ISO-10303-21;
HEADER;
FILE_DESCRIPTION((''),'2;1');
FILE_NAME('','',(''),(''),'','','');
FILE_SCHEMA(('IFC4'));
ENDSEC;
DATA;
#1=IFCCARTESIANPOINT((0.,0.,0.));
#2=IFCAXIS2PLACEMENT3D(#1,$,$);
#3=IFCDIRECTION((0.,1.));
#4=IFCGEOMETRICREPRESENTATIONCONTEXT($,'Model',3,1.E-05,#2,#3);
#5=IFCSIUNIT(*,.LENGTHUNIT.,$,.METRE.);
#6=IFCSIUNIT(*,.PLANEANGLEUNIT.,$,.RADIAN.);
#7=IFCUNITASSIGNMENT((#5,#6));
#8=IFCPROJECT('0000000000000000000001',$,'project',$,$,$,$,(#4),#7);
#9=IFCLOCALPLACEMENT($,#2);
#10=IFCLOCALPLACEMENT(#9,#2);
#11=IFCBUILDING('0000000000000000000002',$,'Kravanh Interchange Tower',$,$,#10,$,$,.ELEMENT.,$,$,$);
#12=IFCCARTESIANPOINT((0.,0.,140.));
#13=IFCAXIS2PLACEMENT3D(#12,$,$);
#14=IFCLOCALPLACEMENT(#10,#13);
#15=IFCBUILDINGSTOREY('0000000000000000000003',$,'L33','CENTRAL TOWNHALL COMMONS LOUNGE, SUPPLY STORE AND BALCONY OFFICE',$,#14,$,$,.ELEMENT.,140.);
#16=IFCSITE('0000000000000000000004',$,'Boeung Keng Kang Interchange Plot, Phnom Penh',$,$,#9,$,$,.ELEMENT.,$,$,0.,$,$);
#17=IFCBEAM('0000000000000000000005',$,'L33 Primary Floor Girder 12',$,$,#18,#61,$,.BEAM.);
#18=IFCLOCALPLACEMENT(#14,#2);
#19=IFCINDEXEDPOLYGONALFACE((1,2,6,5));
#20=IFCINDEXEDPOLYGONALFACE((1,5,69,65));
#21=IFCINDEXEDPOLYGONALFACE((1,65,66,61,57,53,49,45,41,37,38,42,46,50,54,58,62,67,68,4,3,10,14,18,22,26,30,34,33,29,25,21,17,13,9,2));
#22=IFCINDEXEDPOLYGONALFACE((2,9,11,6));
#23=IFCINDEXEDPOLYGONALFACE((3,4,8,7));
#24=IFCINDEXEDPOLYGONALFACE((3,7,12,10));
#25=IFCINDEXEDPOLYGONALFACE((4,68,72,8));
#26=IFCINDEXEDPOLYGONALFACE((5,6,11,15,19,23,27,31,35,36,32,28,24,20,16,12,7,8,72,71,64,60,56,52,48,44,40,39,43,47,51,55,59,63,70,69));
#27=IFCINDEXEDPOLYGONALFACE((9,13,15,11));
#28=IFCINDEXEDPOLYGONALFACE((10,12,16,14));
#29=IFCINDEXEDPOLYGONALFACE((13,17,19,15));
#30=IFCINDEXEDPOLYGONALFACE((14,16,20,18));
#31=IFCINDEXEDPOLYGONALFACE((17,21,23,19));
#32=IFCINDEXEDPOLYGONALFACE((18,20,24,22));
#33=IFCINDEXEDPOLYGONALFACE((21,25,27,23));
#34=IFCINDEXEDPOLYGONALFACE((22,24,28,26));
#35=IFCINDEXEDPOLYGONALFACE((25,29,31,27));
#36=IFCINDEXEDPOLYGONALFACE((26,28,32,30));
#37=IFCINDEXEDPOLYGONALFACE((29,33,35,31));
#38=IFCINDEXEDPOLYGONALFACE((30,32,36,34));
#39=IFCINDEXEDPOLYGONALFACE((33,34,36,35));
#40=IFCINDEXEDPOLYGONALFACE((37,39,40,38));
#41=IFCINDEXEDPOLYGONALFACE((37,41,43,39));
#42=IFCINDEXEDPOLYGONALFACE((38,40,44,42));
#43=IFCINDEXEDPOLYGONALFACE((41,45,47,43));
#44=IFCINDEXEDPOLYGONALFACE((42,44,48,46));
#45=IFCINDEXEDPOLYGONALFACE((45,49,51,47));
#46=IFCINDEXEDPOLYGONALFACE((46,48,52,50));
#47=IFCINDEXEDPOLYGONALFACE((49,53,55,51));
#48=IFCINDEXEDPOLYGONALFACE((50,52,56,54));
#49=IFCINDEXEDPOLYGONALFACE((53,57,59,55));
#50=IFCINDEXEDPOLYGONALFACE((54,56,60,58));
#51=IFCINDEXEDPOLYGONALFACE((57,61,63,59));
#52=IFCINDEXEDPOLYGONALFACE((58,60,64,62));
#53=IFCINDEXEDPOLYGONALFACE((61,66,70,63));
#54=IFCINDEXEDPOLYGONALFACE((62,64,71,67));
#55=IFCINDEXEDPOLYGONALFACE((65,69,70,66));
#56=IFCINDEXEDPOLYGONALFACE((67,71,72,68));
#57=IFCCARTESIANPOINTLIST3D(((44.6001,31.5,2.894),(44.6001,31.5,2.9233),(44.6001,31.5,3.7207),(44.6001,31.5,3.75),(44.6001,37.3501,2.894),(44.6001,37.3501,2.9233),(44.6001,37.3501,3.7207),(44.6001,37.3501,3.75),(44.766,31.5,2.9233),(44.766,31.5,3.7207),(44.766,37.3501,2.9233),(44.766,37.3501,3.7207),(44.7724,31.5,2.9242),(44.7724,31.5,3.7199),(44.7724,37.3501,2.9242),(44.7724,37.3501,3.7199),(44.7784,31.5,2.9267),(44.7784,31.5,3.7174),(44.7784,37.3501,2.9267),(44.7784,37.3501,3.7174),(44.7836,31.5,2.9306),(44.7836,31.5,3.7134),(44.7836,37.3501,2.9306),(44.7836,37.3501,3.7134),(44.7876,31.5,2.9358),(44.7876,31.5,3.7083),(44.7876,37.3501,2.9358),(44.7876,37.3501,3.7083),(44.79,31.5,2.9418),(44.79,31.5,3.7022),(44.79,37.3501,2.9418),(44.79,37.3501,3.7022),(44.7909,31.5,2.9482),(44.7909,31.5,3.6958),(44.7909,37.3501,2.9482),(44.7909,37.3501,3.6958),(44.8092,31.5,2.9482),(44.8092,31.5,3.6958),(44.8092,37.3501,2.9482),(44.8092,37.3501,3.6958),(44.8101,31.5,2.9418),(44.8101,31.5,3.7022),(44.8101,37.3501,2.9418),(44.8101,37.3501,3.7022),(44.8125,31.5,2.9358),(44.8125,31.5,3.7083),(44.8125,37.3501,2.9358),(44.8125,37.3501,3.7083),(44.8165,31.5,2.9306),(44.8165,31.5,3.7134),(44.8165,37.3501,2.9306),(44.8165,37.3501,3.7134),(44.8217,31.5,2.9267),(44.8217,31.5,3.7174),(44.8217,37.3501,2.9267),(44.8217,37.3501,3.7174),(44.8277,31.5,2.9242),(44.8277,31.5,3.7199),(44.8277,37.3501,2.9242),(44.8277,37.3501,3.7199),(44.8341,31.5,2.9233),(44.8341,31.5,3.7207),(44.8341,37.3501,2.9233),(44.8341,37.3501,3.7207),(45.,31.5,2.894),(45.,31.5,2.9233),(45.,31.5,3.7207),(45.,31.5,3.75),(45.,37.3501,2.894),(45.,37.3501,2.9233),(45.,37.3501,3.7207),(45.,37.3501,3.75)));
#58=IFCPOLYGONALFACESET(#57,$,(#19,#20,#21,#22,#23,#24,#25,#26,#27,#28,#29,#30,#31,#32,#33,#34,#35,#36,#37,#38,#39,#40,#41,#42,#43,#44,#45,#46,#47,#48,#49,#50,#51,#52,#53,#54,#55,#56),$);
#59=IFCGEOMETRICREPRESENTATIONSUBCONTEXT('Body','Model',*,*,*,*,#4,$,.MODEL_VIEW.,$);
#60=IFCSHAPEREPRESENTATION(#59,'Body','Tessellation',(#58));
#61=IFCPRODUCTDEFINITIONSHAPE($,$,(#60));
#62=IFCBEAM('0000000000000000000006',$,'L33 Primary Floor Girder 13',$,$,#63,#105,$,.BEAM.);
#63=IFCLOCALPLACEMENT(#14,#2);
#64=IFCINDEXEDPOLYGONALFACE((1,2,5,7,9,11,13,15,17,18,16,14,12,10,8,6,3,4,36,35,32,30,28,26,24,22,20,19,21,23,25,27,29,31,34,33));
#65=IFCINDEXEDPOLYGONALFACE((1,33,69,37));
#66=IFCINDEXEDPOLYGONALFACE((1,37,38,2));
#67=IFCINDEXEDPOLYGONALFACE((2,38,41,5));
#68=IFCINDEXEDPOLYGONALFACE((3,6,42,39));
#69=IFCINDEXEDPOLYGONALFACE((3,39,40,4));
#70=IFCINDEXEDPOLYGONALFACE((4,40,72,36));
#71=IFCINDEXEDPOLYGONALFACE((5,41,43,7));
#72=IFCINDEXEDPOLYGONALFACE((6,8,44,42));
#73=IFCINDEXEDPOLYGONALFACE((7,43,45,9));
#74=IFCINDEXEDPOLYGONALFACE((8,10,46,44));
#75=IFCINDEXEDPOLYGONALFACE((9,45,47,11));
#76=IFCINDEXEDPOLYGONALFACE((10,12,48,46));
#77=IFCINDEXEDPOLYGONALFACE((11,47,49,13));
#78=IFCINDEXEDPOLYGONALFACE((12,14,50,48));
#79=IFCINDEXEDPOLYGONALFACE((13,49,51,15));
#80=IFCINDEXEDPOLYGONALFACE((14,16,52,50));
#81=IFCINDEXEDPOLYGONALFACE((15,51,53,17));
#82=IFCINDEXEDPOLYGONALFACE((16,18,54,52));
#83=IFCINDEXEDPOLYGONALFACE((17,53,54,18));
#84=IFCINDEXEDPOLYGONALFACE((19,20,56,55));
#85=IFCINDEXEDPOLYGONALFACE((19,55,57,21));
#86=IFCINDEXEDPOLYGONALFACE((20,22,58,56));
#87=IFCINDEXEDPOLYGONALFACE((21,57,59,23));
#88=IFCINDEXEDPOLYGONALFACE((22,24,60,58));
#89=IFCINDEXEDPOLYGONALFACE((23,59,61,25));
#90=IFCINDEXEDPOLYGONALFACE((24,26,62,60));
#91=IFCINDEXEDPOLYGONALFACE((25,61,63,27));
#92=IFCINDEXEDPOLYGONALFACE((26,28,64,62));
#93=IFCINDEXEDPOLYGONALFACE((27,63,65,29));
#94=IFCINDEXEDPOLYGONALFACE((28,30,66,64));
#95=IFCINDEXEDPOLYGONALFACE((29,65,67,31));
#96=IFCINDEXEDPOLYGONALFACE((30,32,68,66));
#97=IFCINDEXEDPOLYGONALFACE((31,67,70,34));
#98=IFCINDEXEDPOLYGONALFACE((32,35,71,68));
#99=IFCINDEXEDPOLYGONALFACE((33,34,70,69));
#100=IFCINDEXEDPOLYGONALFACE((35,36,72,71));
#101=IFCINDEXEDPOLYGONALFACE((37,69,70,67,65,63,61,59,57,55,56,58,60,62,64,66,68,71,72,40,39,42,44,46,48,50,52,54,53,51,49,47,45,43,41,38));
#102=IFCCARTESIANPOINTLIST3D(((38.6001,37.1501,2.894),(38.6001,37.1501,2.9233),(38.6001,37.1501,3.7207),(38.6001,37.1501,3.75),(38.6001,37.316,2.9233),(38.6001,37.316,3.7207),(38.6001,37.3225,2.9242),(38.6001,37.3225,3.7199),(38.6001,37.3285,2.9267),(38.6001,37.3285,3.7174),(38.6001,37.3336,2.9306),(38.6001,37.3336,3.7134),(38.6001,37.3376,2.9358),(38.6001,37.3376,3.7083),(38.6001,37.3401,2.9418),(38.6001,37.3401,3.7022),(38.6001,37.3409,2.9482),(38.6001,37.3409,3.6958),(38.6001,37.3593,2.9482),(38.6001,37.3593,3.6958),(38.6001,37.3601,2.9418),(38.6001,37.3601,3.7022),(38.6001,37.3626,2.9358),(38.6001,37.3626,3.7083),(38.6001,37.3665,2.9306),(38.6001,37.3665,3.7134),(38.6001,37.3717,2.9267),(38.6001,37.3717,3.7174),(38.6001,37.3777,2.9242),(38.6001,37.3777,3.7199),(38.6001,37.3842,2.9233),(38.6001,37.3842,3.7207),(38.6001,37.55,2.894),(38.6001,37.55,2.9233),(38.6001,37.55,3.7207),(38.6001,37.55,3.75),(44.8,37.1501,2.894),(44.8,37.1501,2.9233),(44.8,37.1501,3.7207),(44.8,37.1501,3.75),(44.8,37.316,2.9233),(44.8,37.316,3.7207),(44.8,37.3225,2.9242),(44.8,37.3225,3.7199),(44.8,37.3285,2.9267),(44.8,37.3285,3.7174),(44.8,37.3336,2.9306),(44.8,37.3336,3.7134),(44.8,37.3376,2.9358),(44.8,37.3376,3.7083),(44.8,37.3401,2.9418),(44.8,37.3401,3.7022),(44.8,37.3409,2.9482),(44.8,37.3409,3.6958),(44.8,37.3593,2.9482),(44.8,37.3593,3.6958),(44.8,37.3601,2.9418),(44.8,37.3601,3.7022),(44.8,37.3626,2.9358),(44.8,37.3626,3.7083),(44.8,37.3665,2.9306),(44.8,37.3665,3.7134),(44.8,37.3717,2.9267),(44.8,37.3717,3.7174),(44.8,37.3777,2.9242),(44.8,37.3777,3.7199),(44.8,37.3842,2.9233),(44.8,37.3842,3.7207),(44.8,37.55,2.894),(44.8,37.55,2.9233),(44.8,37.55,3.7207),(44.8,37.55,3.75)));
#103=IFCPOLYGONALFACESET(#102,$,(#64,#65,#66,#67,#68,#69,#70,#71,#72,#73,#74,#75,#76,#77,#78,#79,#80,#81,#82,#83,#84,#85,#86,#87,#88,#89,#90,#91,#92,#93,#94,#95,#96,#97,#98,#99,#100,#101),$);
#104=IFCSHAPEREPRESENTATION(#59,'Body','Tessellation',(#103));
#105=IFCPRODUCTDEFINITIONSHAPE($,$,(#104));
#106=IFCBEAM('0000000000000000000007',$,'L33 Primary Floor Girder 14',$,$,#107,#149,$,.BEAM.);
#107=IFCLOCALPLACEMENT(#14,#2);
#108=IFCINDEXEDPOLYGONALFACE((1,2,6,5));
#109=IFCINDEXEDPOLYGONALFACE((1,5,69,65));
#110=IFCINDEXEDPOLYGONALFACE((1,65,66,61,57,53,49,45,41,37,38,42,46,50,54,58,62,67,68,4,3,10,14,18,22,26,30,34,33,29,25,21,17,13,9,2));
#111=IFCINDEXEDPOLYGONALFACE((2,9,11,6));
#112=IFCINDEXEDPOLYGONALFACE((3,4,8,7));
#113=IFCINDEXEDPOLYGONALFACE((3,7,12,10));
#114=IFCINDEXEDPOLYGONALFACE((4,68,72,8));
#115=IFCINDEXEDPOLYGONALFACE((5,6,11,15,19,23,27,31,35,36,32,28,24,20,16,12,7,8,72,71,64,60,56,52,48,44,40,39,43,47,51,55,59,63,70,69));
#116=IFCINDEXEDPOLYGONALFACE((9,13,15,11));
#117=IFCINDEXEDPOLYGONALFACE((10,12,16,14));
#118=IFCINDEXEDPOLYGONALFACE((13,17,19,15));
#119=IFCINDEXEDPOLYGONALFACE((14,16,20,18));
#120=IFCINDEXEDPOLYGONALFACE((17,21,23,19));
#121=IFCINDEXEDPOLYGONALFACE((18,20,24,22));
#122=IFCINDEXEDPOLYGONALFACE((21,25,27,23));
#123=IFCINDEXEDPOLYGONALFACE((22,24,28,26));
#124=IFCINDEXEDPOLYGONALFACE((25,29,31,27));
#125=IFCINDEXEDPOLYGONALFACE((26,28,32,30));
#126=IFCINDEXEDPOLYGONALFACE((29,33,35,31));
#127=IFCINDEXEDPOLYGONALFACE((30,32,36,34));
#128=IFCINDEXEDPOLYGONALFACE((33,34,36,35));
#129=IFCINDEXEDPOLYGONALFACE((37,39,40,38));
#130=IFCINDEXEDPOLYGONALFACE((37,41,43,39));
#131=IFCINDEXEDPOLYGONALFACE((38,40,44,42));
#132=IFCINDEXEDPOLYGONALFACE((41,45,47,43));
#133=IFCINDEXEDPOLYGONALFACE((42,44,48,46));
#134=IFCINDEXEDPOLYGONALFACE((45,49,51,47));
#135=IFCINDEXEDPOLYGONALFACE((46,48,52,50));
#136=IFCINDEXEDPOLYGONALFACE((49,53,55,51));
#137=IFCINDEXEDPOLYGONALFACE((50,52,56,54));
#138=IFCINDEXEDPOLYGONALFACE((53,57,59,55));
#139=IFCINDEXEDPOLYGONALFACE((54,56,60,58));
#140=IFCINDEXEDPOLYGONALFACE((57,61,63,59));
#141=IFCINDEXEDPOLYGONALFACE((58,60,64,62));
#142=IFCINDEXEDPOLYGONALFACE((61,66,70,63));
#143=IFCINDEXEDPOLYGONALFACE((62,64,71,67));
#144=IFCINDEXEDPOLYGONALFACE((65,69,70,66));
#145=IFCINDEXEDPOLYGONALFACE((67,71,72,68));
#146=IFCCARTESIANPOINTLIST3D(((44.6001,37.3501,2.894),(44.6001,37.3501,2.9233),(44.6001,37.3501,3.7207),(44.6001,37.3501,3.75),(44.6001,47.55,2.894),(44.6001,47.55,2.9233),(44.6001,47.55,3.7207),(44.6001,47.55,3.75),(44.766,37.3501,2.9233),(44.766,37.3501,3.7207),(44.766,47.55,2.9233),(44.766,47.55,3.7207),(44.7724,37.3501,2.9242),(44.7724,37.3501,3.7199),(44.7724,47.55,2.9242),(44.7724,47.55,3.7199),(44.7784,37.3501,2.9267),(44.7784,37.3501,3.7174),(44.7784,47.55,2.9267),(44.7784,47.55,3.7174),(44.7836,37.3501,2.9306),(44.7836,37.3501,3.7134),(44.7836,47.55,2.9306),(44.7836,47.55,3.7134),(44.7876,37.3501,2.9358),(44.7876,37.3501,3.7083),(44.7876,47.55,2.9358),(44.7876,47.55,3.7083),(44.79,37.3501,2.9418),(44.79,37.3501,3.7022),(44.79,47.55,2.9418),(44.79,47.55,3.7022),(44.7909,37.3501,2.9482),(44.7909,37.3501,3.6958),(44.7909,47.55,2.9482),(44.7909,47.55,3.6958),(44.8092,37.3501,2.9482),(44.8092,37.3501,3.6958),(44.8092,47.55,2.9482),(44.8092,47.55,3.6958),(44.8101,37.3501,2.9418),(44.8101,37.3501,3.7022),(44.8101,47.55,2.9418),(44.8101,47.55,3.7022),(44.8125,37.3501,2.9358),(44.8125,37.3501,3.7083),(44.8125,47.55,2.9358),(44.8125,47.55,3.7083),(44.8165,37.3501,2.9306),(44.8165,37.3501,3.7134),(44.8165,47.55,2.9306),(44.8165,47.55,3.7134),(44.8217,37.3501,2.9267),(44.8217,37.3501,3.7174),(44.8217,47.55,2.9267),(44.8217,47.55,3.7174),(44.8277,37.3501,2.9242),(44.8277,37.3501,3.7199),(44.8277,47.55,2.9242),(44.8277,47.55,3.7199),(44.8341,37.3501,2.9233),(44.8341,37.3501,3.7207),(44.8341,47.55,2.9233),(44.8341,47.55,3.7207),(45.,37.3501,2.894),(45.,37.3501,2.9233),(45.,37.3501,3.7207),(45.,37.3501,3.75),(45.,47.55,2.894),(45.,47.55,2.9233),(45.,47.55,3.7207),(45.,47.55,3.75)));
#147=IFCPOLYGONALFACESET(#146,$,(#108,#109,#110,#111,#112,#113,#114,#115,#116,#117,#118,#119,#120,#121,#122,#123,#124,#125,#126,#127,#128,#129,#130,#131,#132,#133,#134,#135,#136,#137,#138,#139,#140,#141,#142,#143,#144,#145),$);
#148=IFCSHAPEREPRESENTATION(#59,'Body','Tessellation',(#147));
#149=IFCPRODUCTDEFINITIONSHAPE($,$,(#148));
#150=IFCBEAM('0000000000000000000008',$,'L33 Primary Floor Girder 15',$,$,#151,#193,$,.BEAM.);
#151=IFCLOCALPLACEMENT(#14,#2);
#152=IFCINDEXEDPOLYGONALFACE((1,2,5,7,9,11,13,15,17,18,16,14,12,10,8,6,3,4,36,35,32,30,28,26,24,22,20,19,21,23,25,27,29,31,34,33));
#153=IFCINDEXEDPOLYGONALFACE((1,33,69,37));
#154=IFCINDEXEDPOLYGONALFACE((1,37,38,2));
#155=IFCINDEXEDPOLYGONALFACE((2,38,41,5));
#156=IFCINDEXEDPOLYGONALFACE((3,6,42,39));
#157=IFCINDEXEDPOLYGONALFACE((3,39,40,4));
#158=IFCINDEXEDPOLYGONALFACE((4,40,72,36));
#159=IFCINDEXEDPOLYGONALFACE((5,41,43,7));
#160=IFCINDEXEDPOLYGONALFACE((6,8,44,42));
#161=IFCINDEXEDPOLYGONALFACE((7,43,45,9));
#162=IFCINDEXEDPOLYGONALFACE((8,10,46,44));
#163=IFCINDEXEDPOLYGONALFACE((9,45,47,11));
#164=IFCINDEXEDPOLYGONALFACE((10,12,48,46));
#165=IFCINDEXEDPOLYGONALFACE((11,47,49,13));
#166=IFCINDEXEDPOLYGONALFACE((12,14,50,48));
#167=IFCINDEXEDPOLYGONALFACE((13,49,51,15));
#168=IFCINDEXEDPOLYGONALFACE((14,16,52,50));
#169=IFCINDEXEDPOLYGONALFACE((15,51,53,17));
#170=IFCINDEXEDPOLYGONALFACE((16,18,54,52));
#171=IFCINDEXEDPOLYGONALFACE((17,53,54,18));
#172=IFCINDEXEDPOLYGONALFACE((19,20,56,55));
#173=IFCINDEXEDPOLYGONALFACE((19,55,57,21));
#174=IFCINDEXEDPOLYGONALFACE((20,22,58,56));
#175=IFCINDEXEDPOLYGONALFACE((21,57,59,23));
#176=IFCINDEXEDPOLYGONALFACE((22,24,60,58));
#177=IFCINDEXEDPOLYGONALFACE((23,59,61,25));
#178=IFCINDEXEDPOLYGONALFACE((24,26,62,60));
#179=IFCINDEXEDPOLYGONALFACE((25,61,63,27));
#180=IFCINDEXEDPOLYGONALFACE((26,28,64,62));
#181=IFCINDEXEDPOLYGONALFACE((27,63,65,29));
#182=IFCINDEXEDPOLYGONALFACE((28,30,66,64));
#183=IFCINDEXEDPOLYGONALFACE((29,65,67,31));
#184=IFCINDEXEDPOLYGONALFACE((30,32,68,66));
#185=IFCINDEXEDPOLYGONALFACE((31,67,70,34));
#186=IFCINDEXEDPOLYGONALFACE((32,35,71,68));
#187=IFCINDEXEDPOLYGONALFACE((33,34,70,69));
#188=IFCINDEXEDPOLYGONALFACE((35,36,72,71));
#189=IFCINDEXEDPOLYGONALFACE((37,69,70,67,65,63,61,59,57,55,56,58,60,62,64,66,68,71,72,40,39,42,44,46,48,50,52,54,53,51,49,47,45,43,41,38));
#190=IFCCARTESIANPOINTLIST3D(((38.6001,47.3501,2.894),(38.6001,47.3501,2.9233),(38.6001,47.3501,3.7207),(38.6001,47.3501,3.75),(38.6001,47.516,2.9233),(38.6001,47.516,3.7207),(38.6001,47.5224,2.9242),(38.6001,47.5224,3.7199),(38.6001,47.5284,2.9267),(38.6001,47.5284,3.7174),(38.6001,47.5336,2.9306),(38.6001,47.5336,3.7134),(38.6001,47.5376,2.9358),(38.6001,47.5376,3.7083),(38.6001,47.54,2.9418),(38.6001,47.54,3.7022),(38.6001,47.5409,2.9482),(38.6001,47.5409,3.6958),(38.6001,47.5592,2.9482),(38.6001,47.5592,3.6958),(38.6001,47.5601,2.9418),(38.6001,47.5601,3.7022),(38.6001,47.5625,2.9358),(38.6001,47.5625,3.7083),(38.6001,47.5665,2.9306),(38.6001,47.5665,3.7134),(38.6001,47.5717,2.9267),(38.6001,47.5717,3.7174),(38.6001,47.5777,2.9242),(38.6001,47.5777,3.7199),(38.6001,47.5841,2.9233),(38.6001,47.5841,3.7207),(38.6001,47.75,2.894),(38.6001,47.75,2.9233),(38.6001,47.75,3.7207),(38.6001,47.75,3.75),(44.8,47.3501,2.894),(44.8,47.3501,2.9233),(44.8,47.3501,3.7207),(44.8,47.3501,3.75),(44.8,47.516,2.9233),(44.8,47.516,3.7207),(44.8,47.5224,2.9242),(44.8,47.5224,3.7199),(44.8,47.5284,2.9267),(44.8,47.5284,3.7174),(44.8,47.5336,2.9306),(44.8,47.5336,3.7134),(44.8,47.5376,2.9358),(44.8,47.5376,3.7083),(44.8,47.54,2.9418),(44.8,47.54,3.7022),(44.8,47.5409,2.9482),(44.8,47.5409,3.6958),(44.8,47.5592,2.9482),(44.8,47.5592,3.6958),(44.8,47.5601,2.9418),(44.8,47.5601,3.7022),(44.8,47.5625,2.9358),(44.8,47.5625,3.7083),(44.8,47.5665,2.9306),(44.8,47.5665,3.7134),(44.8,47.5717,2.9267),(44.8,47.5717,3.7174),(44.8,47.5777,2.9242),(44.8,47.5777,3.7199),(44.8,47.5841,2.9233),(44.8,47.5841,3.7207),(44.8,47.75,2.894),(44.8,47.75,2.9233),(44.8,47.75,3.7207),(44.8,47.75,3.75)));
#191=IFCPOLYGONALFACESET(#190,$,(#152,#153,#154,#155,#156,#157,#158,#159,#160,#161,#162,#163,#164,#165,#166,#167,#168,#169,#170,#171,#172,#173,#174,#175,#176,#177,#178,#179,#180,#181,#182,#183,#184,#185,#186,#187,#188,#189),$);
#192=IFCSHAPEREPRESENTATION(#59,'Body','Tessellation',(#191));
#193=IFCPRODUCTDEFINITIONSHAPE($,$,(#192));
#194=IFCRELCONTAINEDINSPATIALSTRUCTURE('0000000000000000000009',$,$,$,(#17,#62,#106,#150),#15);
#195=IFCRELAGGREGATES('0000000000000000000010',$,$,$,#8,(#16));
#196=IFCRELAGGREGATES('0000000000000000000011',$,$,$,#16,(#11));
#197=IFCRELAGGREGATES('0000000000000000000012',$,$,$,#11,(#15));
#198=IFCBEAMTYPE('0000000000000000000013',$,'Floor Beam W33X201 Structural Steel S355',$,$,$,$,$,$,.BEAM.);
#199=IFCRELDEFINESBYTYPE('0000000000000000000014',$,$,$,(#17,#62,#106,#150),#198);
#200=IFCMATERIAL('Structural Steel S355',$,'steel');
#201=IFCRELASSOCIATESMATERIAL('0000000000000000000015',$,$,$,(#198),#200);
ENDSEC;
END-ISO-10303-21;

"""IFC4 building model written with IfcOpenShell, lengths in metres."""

from ifc_helpers import new_model, si_unit, direction, frame, origin, origin_2d, place, context, subcontext, project, spatial, i_section, extrude, material, material_profile, profile_set, type_object, element, save


model = new_model("IFC4")

# Units and contexts
model_context = context("Model", 3, precision=1e-05, world=origin(), true_north=direction((0.0, 1.0)))
body_context = subcontext(model_context, "Body", "Model", "MODEL_VIEW")
ifc_project = project(units=[si_unit("LENGTHUNIT", "METRE"), si_unit("PLANEANGLEUNIT", "RADIAN")], contexts=[model_context])

# Site, building, storey
site_placement = place(None, origin())
site = spatial("IfcSite", under=ifc_project, at=site_placement, Name="Boeung Keng Kang Interchange Plot, Phnom Penh", CompositionType="ELEMENT", RefElevation=0.0)
building_placement = place(site_placement, origin())
building = spatial("IfcBuilding", under=site, at=building_placement, Name="Kravanh Interchange Tower", CompositionType="ELEMENT")
storey_placement = place(building_placement, frame((0.0, 0.0, 140.0)))
storey = spatial("IfcBuildingStorey", under=building, at=storey_placement, Name="L33", Description="CENTRAL TOWNHALL COMMONS LOUNGE, SUPPLY STORE AND BALCONY OFFICE", CompositionType="ELEMENT", Elevation=140.0)

# Beams
ifc_material_1 = material(Name="Structural Steel S355", Category="steel")
ifc_material_profile_1 = material_profile(ifc_material_1, i_section(OverallWidth=0.3999, OverallDepth=0.856, WebThickness=0.0183, FlangeThickness=0.0293, FilletRadius=0.0249, at=origin_2d()), Name="W33X201")
ifc_profile_set_1 = profile_set([ifc_material_profile_1], Name="Structural Steel S355")
beam_type_1 = type_object("IfcBeamType", Name="Floor Beam W33X201 Structural Steel S355", PredefinedType="BEAM", material=ifc_profile_set_1)
beam_1_placement = place(storey_placement, frame((44.8, 37.3501, 3.322), z_axis=(0.0, -1.0, 0.0), x_axis=(1.0, 0.0, 0.0)))
element("IfcBeam", 1, at=beam_1_placement, inside=storey, type_object=beam_type_1, Name="L33 Primary Floor Girder 12", PredefinedType="BEAM", context=body_context, shape_type="SweptSolid", body=[
    extrude(i_section(OverallWidth=0.3999, OverallDepth=0.856, WebThickness=0.0183, FlangeThickness=0.0293, FilletRadius=0.0249, at=origin_2d()), origin(), (0.0, 0.0, 1.0), 5.8501),
])
beam_2_placement = place(storey_placement, frame((44.8, 37.3501, 3.322), z_axis=(-1.0, 0.0, 0.0), x_axis=(0.0, -1.0, 0.0)))
element("IfcBeam", 2, at=beam_2_placement, inside=storey, type_object=beam_type_1, Name="L33 Primary Floor Girder 13", PredefinedType="BEAM", context=body_context, shape_type="SweptSolid", body=[
    extrude(i_section(OverallWidth=0.3999, OverallDepth=0.856, WebThickness=0.0183, FlangeThickness=0.0293, FilletRadius=0.0249, at=origin_2d()), origin(), (0.0, 0.0, 1.0), 6.2),
])
beam_3_placement = place(storey_placement, frame((44.8, 37.3501, 3.322), z_axis=(0.0, 1.0, 0.0), x_axis=(-1.0, 0.0, 0.0)))
element("IfcBeam", 3, at=beam_3_placement, inside=storey, type_object=beam_type_1, Name="L33 Primary Floor Girder 14", PredefinedType="BEAM", context=body_context, shape_type="SweptSolid", body=[
    extrude(i_section(OverallWidth=0.3999, OverallDepth=0.856, WebThickness=0.0183, FlangeThickness=0.0293, FilletRadius=0.0249, at=origin_2d()), origin(), (0.0, 0.0, 1.0), 10.2),
])
beam_4_placement = place(storey_placement, frame((44.8, 47.55, 3.322), z_axis=(-1.0, 0.0, 0.0), x_axis=(0.0, -1.0, 0.0)))
element("IfcBeam", 4, at=beam_4_placement, inside=storey, type_object=beam_type_1, Name="L33 Primary Floor Girder 15", PredefinedType="BEAM", context=body_context, shape_type="SweptSolid", body=[
    extrude(i_section(OverallWidth=0.3999, OverallDepth=0.856, WebThickness=0.0183, FlangeThickness=0.0293, FilletRadius=0.0249, at=origin_2d()), origin(), (0.0, 0.0, 1.0), 6.2),
])

save(model, "model.ifc")
